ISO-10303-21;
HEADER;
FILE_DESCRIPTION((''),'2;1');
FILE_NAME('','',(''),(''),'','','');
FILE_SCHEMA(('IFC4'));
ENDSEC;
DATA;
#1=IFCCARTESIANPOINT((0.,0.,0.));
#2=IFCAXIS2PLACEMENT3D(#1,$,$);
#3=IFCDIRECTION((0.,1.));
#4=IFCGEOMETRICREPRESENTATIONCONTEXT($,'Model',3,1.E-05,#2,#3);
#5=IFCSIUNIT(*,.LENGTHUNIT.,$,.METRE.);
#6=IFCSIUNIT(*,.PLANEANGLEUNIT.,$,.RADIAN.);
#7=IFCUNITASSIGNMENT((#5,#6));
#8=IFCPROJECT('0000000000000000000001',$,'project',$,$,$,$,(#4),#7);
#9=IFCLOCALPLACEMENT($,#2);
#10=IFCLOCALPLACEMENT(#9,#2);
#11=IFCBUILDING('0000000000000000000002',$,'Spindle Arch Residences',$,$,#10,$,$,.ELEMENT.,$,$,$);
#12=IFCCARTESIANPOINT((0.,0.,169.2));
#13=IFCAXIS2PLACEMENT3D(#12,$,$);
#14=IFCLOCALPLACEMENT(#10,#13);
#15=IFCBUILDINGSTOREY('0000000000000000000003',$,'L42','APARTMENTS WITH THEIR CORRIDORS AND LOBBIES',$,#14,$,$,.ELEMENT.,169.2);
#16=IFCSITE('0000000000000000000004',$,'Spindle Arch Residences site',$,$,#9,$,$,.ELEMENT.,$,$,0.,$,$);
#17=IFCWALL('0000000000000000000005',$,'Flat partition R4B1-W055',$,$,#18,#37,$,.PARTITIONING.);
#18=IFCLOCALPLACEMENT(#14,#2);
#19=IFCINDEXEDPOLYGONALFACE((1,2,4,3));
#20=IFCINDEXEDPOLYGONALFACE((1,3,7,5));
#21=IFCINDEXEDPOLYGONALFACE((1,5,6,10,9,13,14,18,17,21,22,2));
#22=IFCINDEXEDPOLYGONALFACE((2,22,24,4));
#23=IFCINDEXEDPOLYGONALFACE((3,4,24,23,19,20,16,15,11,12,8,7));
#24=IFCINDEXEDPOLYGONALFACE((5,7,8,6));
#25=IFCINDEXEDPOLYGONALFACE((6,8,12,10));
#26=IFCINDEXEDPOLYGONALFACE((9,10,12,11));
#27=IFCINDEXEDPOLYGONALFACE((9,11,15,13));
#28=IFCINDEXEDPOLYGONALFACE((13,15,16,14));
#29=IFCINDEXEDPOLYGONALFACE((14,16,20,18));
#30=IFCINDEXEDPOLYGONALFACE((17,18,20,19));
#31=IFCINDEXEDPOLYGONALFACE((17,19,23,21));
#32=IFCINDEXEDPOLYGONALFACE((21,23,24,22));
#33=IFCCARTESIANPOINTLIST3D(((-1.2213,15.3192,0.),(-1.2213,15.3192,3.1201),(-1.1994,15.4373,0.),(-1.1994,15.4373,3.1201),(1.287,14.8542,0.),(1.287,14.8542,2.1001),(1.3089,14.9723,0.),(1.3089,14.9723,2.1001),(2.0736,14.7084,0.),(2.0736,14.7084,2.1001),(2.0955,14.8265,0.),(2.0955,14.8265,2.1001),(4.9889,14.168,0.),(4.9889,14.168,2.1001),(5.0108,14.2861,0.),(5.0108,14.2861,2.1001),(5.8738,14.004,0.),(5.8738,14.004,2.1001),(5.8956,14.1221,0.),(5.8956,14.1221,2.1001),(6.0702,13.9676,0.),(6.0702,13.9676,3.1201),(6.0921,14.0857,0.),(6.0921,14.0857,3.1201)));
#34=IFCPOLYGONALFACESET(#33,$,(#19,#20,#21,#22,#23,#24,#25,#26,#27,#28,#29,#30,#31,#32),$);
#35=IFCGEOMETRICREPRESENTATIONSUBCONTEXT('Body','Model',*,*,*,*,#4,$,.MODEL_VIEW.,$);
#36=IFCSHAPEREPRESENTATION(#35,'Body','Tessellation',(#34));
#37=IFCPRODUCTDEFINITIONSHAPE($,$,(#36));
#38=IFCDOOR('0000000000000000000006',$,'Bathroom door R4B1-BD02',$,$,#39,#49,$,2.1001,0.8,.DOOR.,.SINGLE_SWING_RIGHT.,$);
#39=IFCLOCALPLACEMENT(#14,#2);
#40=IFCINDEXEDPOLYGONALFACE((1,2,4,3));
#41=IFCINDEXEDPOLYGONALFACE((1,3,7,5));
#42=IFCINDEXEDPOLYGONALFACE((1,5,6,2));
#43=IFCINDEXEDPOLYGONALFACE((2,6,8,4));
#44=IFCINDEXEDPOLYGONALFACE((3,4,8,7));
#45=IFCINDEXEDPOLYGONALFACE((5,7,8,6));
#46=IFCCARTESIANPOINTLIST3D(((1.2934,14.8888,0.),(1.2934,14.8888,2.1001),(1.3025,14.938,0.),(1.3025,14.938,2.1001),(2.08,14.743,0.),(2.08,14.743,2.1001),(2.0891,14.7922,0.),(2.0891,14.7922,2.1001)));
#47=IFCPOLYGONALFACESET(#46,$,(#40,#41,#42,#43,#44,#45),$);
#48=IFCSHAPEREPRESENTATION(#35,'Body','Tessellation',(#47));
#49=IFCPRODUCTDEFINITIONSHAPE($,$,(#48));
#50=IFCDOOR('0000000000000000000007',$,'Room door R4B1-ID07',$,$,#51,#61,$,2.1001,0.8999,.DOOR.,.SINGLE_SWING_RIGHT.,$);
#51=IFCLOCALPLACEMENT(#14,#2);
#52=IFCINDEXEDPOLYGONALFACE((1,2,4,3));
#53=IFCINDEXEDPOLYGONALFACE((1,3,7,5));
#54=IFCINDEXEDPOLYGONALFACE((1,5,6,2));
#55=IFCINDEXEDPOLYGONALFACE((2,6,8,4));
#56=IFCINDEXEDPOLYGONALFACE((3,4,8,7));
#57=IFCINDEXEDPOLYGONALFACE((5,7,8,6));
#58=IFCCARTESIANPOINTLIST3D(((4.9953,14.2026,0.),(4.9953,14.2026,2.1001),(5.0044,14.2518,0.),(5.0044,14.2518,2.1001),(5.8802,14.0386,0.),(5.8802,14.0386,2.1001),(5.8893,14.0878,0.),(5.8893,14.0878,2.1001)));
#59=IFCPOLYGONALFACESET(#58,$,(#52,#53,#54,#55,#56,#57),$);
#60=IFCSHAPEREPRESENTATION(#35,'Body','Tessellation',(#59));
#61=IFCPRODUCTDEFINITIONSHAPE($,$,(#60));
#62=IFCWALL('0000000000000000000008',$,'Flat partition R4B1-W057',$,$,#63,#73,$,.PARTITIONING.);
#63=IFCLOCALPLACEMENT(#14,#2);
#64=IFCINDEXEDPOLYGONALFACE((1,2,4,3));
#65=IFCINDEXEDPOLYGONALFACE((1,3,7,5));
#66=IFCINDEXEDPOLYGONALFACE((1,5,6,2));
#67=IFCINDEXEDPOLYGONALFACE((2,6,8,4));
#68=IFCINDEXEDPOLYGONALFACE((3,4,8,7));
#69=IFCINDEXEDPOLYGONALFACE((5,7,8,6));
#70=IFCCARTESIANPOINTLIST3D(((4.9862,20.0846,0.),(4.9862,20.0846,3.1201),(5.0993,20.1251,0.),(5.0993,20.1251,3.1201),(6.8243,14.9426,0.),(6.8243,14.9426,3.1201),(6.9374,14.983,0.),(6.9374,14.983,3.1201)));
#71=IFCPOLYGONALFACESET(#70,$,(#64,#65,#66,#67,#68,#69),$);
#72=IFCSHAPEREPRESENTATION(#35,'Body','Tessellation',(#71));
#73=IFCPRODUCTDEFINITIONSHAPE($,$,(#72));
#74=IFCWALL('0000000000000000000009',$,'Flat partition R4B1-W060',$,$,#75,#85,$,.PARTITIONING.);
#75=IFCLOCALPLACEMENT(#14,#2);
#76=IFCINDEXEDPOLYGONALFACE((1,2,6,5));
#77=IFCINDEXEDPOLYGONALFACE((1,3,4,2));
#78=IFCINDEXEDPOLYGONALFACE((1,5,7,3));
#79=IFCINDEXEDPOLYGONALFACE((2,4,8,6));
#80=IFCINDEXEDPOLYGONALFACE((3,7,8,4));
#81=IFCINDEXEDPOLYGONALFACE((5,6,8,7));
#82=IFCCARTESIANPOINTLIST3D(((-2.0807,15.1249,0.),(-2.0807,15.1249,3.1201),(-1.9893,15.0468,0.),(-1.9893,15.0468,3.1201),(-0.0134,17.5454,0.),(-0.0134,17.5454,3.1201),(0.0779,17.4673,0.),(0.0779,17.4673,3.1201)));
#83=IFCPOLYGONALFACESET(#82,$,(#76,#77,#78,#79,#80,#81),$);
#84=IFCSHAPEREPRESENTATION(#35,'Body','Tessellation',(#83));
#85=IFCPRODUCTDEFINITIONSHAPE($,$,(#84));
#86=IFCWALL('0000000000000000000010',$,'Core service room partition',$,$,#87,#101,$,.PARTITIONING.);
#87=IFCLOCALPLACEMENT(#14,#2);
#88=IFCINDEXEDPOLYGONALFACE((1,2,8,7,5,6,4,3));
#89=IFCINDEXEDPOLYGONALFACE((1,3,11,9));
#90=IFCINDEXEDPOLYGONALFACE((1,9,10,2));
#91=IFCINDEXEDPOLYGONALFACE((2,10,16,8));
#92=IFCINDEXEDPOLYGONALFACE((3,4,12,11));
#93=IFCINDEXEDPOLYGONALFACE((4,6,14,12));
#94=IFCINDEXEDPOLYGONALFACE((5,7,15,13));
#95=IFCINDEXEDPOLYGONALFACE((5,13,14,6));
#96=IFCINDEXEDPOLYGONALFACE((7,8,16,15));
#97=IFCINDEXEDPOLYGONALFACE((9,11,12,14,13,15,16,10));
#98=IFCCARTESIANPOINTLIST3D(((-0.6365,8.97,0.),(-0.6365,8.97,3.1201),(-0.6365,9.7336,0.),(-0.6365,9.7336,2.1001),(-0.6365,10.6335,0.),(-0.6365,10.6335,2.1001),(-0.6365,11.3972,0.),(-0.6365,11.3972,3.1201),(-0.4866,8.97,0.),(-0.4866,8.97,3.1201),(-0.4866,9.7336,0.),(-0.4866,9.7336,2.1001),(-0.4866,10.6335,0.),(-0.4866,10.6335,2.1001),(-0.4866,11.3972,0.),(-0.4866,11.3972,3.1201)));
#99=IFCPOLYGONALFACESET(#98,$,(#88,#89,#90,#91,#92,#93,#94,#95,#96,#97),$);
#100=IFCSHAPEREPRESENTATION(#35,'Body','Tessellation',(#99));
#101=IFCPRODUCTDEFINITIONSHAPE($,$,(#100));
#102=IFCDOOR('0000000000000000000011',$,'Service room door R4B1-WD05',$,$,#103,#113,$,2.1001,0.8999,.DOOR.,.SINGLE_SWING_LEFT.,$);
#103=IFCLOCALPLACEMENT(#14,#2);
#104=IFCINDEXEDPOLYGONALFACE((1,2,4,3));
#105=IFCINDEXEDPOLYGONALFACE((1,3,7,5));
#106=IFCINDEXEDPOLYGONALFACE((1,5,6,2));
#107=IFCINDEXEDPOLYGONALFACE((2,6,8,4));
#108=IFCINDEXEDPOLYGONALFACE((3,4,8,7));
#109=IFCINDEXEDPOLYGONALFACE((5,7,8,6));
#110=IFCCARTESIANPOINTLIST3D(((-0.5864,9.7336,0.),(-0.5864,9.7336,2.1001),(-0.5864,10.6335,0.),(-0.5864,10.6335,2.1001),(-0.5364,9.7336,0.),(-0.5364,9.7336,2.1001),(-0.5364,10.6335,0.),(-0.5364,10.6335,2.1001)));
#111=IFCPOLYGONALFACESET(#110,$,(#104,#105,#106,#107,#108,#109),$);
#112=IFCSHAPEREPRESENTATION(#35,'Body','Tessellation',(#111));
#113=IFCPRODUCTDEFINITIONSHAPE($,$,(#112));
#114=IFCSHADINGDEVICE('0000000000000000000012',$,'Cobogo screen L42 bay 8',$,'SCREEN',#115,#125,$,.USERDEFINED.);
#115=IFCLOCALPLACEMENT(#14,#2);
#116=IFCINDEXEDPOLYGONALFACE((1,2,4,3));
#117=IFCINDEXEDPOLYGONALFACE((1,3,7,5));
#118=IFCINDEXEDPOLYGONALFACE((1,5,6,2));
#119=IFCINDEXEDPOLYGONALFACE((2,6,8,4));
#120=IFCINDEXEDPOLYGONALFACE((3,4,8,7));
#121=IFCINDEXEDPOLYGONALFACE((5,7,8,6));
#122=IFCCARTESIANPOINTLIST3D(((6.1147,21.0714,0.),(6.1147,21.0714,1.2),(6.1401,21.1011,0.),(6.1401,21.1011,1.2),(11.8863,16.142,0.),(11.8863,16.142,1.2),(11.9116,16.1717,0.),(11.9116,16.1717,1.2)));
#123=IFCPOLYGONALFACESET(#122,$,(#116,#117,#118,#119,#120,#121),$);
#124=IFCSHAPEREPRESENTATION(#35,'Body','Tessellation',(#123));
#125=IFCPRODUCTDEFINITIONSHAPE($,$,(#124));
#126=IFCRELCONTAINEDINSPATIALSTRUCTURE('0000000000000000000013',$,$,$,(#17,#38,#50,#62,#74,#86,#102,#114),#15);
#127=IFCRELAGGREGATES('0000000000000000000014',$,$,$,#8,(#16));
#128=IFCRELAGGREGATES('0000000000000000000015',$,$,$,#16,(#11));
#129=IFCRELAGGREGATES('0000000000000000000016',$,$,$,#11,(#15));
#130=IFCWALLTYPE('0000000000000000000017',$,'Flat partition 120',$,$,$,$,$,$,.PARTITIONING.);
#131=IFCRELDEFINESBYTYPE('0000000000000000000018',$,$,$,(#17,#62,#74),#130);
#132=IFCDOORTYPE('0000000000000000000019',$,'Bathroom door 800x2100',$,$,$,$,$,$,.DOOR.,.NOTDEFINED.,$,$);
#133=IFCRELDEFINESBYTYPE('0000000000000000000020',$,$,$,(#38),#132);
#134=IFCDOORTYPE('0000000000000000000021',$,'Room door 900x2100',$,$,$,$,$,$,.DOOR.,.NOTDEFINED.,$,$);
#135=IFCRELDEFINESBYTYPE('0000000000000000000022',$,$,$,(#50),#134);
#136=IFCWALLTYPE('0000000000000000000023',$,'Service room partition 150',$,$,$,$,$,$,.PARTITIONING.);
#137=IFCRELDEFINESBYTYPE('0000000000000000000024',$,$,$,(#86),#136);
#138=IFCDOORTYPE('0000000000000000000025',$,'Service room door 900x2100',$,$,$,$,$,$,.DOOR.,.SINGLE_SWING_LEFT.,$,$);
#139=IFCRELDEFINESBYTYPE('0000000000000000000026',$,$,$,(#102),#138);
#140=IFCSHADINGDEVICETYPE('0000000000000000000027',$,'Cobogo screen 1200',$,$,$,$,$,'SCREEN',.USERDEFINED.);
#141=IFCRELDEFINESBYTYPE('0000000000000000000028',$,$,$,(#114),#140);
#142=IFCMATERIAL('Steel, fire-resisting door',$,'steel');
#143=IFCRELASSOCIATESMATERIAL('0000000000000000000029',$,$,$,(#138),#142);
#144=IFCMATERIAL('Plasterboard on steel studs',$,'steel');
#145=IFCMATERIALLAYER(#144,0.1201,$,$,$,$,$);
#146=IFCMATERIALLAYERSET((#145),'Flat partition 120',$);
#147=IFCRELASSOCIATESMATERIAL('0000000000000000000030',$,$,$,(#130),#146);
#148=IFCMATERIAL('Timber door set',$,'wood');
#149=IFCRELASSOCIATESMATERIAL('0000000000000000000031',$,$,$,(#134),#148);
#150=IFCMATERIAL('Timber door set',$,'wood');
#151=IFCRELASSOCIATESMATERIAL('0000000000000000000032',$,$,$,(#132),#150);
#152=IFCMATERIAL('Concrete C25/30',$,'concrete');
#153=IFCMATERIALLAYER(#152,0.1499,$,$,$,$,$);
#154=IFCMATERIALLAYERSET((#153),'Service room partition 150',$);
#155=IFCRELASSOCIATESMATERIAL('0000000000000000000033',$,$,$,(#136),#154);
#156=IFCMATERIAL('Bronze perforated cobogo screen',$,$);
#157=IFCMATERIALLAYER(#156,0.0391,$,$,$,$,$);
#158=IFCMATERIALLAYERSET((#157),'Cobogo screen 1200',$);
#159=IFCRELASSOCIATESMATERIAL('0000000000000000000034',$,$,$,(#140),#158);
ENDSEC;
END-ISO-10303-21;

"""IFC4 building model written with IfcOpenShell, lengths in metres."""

from ifc_helpers import new_model, si_unit, direction, frame, frame_2d, origin, origin_2d, place, context, subcontext, project, spatial, rectangle, extrude, material, layer, layer_set, type_object, element, fill, save


model = new_model("IFC4")

# Units and contexts
model_context = context("Model", 3, precision=1e-05, world=origin(), true_north=direction((0.0, 1.0)))
body_context = subcontext(model_context, "Body", "Model", "MODEL_VIEW")
ifc_project = project(units=[si_unit("LENGTHUNIT", "METRE"), si_unit("PLANEANGLEUNIT", "RADIAN")], contexts=[model_context])

# Site, building, storey
site_placement = place(None, origin())
site = spatial("IfcSite", under=ifc_project, at=site_placement, Name="Spindle Arch Residences site", CompositionType="ELEMENT", RefElevation=0.0)
building_placement = place(site_placement, origin())
building = spatial("IfcBuilding", under=site, at=building_placement, Name="Spindle Arch Residences", CompositionType="ELEMENT")
storey_placement = place(building_placement, frame((0.0, 0.0, 169.2)))
storey = spatial("IfcBuildingStorey", under=building, at=storey_placement, Name="L42", Description="APARTMENTS WITH THEIR CORRIDORS AND LOBBIES", CompositionType="ELEMENT", Elevation=169.2)

# Shared definitions
ifc_material_1 = material(Name="Steel, fire-resisting door", Category="steel")
door_type_1 = type_object("IfcDoorType", Name="Service room door 900x2100", OperationType="SINGLE_SWING_LEFT", PredefinedType="DOOR", material=ifc_material_1)

# Shared definitions
ifc_material_2 = material(Name="Plasterboard on steel studs", Category="steel")
ifc_layer_1 = layer(ifc_material_2, 0.1201)
ifc_layer_set_1 = layer_set([ifc_layer_1], Name="Flat partition 120")
wall_type_1 = type_object("IfcWallType", Name="Flat partition 120", PredefinedType="PARTITIONING", material=ifc_layer_set_1)
ifc_material_3 = material(Name="Timber door set", Category="wood")
door_type_2 = type_object("IfcDoorType", Name="Room door 900x2100", OperationType="NOTDEFINED", PredefinedType="DOOR", material=ifc_material_3)

# Wall, openings, doors
wall_1_placement = place(storey_placement, frame((6.0813, 14.0266, 0.0), z_axis=(0.0, 0.0, 1.0), x_axis=(-0.983251, 0.182257, 0.0)))
wall_1 = element("IfcWall", 1, at=wall_1_placement, inside=storey, type_object=wall_type_1, Name="Flat partition R4B1-W055", PredefinedType="PARTITIONING", context=body_context, shape_type="SweptSolid", body=[
    extrude(rectangle(XDim=7.4158, YDim=0.1201, at=frame_2d((3.708, 0.0))), origin(), (0.0, 0.0, 1.0), 3.1201),
])
opening_1_placement = place(wall_1_placement, frame((0.2, 0.0, 0.0)))
opening_1 = element("IfcOpeningElement", 2, at=opening_1_placement, cuts=wall_1, PredefinedType="OPENING", context=body_context, shape_type="SweptSolid", body=[
    extrude(rectangle(XDim=0.8999, YDim=2.1001, at=frame_2d((0.45, 1.05))), frame((0.0, 0.0701, 0.0), z_axis=(0.0, -1.0, 0.0), x_axis=(1.0, 0.0, 0.0)), (0.0, 0.0, 1.0), 0.1401),
])
opening_2_placement = place(wall_1_placement, frame((4.0649, 0.0, 0.0)))
opening_2 = element("IfcOpeningElement", 3, at=opening_2_placement, cuts=wall_1, PredefinedType="OPENING", context=body_context, shape_type="SweptSolid", body=[
    extrude(rectangle(XDim=0.8, YDim=2.1001, at=frame_2d((0.3999, 1.05))), frame((0.0, 0.0701, 0.0), z_axis=(0.0, -1.0, 0.0), x_axis=(1.0, 0.0, 0.0)), (0.0, 0.0, 1.0), 0.1401),
])
ifc_material_4 = material(Name="Timber door set", Category="wood")
door_type_3 = type_object("IfcDoorType", Name="Bathroom door 800x2100", OperationType="NOTDEFINED", PredefinedType="DOOR", material=ifc_material_4)
door_1_placement = place(opening_2_placement, origin())
door_1 = element("IfcDoor", 4, at=door_1_placement, inside=storey, type_object=door_type_3, Name="Bathroom door R4B1-BD02", OperationType="SINGLE_SWING_RIGHT", OverallHeight=2.1001, OverallWidth=0.8, PredefinedType="DOOR", context=body_context, shape_type="SweptSolid", body=[
    extrude(rectangle(XDim=0.8, YDim=2.1001, at=frame_2d((0.3999, 1.05))), frame((0.0, 0.0249, 0.0), z_axis=(0.0, -1.0, 0.0), x_axis=(1.0, 0.0, 0.0)), (0.0, 0.0, 1.0), 0.05),
])
fill(opening_2, door_1)
door_2_placement = place(opening_1_placement, origin())
door_2 = element("IfcDoor", 5, at=door_2_placement, inside=storey, type_object=door_type_2, Name="Room door R4B1-ID07", OperationType="SINGLE_SWING_RIGHT", OverallHeight=2.1001, OverallWidth=0.8999, PredefinedType="DOOR", context=body_context, shape_type="SweptSolid", body=[
    extrude(rectangle(XDim=0.8999, YDim=2.1001, at=frame_2d((0.45, 1.05))), frame((0.0, 0.0249, 0.0), z_axis=(0.0, -1.0, 0.0), x_axis=(1.0, 0.0, 0.0)), (0.0, 0.0, 1.0), 0.05),
])
fill(opening_1, door_2)

# Walls
wall_2_placement = place(storey_placement, frame((5.0427, 20.105, 0.0), z_axis=(0.0, 0.0, 1.0), x_axis=(0.336608, -0.941645, 0.0)))
element("IfcWall", 6, at=wall_2_placement, inside=storey, type_object=wall_type_1, Name="Flat partition R4B1-W057", PredefinedType="PARTITIONING", context=body_context, shape_type="SweptSolid", body=[
    extrude(rectangle(XDim=5.4607, YDim=0.1201, at=frame_2d((2.7305, 0.0))), origin(), (0.0, 0.0, 1.0), 3.1201),
])
wall_3_placement = place(storey_placement, frame((0.0322, 17.5063, 0.0), z_axis=(0.0, 0.0, 1.0), x_axis=(-0.649432, -0.760419, 0.0)))
element("IfcWall", 7, at=wall_3_placement, inside=storey, type_object=wall_type_1, Name="Flat partition R4B1-W060", PredefinedType="PARTITIONING", context=body_context, shape_type="SweptSolid", body=[
    extrude(rectangle(XDim=3.1831, YDim=0.1201, at=frame_2d((1.5916, 0.0))), origin(), (0.0, 0.0, 1.0), 3.1201),
])

# Wall, opening, door
ifc_material_5 = material(Name="Concrete C25/30", Category="concrete")
ifc_layer_2 = layer(ifc_material_5, 0.1499)
ifc_layer_set_2 = layer_set([ifc_layer_2], Name="Service room partition 150")
wall_type_2 = type_object("IfcWallType", Name="Service room partition 150", PredefinedType="PARTITIONING", material=ifc_layer_set_2)
wall_4_placement = place(storey_placement, frame((-0.5615, 8.97, 0.0), z_axis=(0.0, 0.0, 1.0), x_axis=(0.0, 1.0, 0.0)))
wall_4 = element("IfcWall", 8, at=wall_4_placement, inside=storey, type_object=wall_type_2, Name="Core service room partition", PredefinedType="PARTITIONING", context=body_context, shape_type="SweptSolid", body=[
    extrude(rectangle(XDim=2.4272, YDim=0.1499, at=frame_2d((1.2136, 0.0))), origin(), (0.0, 0.0, 1.0), 3.1201),
])
opening_3_placement = place(wall_4_placement, frame((0.7637, 0.0, 0.0)))
opening_3 = element("IfcOpeningElement", 9, at=opening_3_placement, cuts=wall_4, PredefinedType="OPENING", context=body_context, shape_type="SweptSolid", body=[
    extrude(rectangle(XDim=0.8999, YDim=2.1001, at=frame_2d((0.45, 1.05))), frame((0.0, 0.085, 0.0), z_axis=(0.0, -1.0, 0.0), x_axis=(1.0, 0.0, 0.0)), (0.0, 0.0, 1.0), 0.1699),
])
door_3_placement = place(opening_3_placement, origin())
door_3 = element("IfcDoor", 10, at=door_3_placement, inside=storey, type_object=door_type_1, Name="Service room door R4B1-WD05", OperationType="SINGLE_SWING_LEFT", OverallHeight=2.1001, OverallWidth=0.8999, PredefinedType="DOOR", context=body_context, shape_type="SweptSolid", body=[
    extrude(rectangle(XDim=0.8999, YDim=2.1001, at=frame_2d((0.45, 1.05))), frame((0.0, 0.0249, 0.0), z_axis=(0.0, -1.0, 0.0), x_axis=(1.0, 0.0, 0.0)), (0.0, 0.0, 1.0), 0.05),
])
fill(opening_3, door_3)

# Shading device
ifc_material_6 = material(Name="Bronze perforated cobogo screen")
ifc_layer_3 = layer(ifc_material_6, 0.0391)
ifc_layer_set_3 = layer_set([ifc_layer_3], Name="Cobogo screen 1200")
shading_device_type = type_object("IfcShadingDeviceType", Name="Cobogo screen 1200", ElementType="SCREEN", PredefinedType="USERDEFINED", material=ifc_layer_set_3)
shading_device_placement = place(storey_placement, frame((9.0132, 18.6216, 0.0), z_axis=(0.0, 0.0, 1.0), x_axis=(-0.760406, 0.649448, 0.0)))
element("IfcShadingDevice", 11, at=shading_device_placement, inside=storey, type_object=shading_device_type, Name="Cobogo screen L42 bay 8", ObjectType="SCREEN", PredefinedType="USERDEFINED", context=body_context, shape_type="SweptSolid", body=[
    extrude(rectangle(XDim=7.5901, YDim=0.0391, at=origin_2d()), origin(), (0.0, 0.0, 1.0), 1.2),
])

save(model, "model.ifc")
